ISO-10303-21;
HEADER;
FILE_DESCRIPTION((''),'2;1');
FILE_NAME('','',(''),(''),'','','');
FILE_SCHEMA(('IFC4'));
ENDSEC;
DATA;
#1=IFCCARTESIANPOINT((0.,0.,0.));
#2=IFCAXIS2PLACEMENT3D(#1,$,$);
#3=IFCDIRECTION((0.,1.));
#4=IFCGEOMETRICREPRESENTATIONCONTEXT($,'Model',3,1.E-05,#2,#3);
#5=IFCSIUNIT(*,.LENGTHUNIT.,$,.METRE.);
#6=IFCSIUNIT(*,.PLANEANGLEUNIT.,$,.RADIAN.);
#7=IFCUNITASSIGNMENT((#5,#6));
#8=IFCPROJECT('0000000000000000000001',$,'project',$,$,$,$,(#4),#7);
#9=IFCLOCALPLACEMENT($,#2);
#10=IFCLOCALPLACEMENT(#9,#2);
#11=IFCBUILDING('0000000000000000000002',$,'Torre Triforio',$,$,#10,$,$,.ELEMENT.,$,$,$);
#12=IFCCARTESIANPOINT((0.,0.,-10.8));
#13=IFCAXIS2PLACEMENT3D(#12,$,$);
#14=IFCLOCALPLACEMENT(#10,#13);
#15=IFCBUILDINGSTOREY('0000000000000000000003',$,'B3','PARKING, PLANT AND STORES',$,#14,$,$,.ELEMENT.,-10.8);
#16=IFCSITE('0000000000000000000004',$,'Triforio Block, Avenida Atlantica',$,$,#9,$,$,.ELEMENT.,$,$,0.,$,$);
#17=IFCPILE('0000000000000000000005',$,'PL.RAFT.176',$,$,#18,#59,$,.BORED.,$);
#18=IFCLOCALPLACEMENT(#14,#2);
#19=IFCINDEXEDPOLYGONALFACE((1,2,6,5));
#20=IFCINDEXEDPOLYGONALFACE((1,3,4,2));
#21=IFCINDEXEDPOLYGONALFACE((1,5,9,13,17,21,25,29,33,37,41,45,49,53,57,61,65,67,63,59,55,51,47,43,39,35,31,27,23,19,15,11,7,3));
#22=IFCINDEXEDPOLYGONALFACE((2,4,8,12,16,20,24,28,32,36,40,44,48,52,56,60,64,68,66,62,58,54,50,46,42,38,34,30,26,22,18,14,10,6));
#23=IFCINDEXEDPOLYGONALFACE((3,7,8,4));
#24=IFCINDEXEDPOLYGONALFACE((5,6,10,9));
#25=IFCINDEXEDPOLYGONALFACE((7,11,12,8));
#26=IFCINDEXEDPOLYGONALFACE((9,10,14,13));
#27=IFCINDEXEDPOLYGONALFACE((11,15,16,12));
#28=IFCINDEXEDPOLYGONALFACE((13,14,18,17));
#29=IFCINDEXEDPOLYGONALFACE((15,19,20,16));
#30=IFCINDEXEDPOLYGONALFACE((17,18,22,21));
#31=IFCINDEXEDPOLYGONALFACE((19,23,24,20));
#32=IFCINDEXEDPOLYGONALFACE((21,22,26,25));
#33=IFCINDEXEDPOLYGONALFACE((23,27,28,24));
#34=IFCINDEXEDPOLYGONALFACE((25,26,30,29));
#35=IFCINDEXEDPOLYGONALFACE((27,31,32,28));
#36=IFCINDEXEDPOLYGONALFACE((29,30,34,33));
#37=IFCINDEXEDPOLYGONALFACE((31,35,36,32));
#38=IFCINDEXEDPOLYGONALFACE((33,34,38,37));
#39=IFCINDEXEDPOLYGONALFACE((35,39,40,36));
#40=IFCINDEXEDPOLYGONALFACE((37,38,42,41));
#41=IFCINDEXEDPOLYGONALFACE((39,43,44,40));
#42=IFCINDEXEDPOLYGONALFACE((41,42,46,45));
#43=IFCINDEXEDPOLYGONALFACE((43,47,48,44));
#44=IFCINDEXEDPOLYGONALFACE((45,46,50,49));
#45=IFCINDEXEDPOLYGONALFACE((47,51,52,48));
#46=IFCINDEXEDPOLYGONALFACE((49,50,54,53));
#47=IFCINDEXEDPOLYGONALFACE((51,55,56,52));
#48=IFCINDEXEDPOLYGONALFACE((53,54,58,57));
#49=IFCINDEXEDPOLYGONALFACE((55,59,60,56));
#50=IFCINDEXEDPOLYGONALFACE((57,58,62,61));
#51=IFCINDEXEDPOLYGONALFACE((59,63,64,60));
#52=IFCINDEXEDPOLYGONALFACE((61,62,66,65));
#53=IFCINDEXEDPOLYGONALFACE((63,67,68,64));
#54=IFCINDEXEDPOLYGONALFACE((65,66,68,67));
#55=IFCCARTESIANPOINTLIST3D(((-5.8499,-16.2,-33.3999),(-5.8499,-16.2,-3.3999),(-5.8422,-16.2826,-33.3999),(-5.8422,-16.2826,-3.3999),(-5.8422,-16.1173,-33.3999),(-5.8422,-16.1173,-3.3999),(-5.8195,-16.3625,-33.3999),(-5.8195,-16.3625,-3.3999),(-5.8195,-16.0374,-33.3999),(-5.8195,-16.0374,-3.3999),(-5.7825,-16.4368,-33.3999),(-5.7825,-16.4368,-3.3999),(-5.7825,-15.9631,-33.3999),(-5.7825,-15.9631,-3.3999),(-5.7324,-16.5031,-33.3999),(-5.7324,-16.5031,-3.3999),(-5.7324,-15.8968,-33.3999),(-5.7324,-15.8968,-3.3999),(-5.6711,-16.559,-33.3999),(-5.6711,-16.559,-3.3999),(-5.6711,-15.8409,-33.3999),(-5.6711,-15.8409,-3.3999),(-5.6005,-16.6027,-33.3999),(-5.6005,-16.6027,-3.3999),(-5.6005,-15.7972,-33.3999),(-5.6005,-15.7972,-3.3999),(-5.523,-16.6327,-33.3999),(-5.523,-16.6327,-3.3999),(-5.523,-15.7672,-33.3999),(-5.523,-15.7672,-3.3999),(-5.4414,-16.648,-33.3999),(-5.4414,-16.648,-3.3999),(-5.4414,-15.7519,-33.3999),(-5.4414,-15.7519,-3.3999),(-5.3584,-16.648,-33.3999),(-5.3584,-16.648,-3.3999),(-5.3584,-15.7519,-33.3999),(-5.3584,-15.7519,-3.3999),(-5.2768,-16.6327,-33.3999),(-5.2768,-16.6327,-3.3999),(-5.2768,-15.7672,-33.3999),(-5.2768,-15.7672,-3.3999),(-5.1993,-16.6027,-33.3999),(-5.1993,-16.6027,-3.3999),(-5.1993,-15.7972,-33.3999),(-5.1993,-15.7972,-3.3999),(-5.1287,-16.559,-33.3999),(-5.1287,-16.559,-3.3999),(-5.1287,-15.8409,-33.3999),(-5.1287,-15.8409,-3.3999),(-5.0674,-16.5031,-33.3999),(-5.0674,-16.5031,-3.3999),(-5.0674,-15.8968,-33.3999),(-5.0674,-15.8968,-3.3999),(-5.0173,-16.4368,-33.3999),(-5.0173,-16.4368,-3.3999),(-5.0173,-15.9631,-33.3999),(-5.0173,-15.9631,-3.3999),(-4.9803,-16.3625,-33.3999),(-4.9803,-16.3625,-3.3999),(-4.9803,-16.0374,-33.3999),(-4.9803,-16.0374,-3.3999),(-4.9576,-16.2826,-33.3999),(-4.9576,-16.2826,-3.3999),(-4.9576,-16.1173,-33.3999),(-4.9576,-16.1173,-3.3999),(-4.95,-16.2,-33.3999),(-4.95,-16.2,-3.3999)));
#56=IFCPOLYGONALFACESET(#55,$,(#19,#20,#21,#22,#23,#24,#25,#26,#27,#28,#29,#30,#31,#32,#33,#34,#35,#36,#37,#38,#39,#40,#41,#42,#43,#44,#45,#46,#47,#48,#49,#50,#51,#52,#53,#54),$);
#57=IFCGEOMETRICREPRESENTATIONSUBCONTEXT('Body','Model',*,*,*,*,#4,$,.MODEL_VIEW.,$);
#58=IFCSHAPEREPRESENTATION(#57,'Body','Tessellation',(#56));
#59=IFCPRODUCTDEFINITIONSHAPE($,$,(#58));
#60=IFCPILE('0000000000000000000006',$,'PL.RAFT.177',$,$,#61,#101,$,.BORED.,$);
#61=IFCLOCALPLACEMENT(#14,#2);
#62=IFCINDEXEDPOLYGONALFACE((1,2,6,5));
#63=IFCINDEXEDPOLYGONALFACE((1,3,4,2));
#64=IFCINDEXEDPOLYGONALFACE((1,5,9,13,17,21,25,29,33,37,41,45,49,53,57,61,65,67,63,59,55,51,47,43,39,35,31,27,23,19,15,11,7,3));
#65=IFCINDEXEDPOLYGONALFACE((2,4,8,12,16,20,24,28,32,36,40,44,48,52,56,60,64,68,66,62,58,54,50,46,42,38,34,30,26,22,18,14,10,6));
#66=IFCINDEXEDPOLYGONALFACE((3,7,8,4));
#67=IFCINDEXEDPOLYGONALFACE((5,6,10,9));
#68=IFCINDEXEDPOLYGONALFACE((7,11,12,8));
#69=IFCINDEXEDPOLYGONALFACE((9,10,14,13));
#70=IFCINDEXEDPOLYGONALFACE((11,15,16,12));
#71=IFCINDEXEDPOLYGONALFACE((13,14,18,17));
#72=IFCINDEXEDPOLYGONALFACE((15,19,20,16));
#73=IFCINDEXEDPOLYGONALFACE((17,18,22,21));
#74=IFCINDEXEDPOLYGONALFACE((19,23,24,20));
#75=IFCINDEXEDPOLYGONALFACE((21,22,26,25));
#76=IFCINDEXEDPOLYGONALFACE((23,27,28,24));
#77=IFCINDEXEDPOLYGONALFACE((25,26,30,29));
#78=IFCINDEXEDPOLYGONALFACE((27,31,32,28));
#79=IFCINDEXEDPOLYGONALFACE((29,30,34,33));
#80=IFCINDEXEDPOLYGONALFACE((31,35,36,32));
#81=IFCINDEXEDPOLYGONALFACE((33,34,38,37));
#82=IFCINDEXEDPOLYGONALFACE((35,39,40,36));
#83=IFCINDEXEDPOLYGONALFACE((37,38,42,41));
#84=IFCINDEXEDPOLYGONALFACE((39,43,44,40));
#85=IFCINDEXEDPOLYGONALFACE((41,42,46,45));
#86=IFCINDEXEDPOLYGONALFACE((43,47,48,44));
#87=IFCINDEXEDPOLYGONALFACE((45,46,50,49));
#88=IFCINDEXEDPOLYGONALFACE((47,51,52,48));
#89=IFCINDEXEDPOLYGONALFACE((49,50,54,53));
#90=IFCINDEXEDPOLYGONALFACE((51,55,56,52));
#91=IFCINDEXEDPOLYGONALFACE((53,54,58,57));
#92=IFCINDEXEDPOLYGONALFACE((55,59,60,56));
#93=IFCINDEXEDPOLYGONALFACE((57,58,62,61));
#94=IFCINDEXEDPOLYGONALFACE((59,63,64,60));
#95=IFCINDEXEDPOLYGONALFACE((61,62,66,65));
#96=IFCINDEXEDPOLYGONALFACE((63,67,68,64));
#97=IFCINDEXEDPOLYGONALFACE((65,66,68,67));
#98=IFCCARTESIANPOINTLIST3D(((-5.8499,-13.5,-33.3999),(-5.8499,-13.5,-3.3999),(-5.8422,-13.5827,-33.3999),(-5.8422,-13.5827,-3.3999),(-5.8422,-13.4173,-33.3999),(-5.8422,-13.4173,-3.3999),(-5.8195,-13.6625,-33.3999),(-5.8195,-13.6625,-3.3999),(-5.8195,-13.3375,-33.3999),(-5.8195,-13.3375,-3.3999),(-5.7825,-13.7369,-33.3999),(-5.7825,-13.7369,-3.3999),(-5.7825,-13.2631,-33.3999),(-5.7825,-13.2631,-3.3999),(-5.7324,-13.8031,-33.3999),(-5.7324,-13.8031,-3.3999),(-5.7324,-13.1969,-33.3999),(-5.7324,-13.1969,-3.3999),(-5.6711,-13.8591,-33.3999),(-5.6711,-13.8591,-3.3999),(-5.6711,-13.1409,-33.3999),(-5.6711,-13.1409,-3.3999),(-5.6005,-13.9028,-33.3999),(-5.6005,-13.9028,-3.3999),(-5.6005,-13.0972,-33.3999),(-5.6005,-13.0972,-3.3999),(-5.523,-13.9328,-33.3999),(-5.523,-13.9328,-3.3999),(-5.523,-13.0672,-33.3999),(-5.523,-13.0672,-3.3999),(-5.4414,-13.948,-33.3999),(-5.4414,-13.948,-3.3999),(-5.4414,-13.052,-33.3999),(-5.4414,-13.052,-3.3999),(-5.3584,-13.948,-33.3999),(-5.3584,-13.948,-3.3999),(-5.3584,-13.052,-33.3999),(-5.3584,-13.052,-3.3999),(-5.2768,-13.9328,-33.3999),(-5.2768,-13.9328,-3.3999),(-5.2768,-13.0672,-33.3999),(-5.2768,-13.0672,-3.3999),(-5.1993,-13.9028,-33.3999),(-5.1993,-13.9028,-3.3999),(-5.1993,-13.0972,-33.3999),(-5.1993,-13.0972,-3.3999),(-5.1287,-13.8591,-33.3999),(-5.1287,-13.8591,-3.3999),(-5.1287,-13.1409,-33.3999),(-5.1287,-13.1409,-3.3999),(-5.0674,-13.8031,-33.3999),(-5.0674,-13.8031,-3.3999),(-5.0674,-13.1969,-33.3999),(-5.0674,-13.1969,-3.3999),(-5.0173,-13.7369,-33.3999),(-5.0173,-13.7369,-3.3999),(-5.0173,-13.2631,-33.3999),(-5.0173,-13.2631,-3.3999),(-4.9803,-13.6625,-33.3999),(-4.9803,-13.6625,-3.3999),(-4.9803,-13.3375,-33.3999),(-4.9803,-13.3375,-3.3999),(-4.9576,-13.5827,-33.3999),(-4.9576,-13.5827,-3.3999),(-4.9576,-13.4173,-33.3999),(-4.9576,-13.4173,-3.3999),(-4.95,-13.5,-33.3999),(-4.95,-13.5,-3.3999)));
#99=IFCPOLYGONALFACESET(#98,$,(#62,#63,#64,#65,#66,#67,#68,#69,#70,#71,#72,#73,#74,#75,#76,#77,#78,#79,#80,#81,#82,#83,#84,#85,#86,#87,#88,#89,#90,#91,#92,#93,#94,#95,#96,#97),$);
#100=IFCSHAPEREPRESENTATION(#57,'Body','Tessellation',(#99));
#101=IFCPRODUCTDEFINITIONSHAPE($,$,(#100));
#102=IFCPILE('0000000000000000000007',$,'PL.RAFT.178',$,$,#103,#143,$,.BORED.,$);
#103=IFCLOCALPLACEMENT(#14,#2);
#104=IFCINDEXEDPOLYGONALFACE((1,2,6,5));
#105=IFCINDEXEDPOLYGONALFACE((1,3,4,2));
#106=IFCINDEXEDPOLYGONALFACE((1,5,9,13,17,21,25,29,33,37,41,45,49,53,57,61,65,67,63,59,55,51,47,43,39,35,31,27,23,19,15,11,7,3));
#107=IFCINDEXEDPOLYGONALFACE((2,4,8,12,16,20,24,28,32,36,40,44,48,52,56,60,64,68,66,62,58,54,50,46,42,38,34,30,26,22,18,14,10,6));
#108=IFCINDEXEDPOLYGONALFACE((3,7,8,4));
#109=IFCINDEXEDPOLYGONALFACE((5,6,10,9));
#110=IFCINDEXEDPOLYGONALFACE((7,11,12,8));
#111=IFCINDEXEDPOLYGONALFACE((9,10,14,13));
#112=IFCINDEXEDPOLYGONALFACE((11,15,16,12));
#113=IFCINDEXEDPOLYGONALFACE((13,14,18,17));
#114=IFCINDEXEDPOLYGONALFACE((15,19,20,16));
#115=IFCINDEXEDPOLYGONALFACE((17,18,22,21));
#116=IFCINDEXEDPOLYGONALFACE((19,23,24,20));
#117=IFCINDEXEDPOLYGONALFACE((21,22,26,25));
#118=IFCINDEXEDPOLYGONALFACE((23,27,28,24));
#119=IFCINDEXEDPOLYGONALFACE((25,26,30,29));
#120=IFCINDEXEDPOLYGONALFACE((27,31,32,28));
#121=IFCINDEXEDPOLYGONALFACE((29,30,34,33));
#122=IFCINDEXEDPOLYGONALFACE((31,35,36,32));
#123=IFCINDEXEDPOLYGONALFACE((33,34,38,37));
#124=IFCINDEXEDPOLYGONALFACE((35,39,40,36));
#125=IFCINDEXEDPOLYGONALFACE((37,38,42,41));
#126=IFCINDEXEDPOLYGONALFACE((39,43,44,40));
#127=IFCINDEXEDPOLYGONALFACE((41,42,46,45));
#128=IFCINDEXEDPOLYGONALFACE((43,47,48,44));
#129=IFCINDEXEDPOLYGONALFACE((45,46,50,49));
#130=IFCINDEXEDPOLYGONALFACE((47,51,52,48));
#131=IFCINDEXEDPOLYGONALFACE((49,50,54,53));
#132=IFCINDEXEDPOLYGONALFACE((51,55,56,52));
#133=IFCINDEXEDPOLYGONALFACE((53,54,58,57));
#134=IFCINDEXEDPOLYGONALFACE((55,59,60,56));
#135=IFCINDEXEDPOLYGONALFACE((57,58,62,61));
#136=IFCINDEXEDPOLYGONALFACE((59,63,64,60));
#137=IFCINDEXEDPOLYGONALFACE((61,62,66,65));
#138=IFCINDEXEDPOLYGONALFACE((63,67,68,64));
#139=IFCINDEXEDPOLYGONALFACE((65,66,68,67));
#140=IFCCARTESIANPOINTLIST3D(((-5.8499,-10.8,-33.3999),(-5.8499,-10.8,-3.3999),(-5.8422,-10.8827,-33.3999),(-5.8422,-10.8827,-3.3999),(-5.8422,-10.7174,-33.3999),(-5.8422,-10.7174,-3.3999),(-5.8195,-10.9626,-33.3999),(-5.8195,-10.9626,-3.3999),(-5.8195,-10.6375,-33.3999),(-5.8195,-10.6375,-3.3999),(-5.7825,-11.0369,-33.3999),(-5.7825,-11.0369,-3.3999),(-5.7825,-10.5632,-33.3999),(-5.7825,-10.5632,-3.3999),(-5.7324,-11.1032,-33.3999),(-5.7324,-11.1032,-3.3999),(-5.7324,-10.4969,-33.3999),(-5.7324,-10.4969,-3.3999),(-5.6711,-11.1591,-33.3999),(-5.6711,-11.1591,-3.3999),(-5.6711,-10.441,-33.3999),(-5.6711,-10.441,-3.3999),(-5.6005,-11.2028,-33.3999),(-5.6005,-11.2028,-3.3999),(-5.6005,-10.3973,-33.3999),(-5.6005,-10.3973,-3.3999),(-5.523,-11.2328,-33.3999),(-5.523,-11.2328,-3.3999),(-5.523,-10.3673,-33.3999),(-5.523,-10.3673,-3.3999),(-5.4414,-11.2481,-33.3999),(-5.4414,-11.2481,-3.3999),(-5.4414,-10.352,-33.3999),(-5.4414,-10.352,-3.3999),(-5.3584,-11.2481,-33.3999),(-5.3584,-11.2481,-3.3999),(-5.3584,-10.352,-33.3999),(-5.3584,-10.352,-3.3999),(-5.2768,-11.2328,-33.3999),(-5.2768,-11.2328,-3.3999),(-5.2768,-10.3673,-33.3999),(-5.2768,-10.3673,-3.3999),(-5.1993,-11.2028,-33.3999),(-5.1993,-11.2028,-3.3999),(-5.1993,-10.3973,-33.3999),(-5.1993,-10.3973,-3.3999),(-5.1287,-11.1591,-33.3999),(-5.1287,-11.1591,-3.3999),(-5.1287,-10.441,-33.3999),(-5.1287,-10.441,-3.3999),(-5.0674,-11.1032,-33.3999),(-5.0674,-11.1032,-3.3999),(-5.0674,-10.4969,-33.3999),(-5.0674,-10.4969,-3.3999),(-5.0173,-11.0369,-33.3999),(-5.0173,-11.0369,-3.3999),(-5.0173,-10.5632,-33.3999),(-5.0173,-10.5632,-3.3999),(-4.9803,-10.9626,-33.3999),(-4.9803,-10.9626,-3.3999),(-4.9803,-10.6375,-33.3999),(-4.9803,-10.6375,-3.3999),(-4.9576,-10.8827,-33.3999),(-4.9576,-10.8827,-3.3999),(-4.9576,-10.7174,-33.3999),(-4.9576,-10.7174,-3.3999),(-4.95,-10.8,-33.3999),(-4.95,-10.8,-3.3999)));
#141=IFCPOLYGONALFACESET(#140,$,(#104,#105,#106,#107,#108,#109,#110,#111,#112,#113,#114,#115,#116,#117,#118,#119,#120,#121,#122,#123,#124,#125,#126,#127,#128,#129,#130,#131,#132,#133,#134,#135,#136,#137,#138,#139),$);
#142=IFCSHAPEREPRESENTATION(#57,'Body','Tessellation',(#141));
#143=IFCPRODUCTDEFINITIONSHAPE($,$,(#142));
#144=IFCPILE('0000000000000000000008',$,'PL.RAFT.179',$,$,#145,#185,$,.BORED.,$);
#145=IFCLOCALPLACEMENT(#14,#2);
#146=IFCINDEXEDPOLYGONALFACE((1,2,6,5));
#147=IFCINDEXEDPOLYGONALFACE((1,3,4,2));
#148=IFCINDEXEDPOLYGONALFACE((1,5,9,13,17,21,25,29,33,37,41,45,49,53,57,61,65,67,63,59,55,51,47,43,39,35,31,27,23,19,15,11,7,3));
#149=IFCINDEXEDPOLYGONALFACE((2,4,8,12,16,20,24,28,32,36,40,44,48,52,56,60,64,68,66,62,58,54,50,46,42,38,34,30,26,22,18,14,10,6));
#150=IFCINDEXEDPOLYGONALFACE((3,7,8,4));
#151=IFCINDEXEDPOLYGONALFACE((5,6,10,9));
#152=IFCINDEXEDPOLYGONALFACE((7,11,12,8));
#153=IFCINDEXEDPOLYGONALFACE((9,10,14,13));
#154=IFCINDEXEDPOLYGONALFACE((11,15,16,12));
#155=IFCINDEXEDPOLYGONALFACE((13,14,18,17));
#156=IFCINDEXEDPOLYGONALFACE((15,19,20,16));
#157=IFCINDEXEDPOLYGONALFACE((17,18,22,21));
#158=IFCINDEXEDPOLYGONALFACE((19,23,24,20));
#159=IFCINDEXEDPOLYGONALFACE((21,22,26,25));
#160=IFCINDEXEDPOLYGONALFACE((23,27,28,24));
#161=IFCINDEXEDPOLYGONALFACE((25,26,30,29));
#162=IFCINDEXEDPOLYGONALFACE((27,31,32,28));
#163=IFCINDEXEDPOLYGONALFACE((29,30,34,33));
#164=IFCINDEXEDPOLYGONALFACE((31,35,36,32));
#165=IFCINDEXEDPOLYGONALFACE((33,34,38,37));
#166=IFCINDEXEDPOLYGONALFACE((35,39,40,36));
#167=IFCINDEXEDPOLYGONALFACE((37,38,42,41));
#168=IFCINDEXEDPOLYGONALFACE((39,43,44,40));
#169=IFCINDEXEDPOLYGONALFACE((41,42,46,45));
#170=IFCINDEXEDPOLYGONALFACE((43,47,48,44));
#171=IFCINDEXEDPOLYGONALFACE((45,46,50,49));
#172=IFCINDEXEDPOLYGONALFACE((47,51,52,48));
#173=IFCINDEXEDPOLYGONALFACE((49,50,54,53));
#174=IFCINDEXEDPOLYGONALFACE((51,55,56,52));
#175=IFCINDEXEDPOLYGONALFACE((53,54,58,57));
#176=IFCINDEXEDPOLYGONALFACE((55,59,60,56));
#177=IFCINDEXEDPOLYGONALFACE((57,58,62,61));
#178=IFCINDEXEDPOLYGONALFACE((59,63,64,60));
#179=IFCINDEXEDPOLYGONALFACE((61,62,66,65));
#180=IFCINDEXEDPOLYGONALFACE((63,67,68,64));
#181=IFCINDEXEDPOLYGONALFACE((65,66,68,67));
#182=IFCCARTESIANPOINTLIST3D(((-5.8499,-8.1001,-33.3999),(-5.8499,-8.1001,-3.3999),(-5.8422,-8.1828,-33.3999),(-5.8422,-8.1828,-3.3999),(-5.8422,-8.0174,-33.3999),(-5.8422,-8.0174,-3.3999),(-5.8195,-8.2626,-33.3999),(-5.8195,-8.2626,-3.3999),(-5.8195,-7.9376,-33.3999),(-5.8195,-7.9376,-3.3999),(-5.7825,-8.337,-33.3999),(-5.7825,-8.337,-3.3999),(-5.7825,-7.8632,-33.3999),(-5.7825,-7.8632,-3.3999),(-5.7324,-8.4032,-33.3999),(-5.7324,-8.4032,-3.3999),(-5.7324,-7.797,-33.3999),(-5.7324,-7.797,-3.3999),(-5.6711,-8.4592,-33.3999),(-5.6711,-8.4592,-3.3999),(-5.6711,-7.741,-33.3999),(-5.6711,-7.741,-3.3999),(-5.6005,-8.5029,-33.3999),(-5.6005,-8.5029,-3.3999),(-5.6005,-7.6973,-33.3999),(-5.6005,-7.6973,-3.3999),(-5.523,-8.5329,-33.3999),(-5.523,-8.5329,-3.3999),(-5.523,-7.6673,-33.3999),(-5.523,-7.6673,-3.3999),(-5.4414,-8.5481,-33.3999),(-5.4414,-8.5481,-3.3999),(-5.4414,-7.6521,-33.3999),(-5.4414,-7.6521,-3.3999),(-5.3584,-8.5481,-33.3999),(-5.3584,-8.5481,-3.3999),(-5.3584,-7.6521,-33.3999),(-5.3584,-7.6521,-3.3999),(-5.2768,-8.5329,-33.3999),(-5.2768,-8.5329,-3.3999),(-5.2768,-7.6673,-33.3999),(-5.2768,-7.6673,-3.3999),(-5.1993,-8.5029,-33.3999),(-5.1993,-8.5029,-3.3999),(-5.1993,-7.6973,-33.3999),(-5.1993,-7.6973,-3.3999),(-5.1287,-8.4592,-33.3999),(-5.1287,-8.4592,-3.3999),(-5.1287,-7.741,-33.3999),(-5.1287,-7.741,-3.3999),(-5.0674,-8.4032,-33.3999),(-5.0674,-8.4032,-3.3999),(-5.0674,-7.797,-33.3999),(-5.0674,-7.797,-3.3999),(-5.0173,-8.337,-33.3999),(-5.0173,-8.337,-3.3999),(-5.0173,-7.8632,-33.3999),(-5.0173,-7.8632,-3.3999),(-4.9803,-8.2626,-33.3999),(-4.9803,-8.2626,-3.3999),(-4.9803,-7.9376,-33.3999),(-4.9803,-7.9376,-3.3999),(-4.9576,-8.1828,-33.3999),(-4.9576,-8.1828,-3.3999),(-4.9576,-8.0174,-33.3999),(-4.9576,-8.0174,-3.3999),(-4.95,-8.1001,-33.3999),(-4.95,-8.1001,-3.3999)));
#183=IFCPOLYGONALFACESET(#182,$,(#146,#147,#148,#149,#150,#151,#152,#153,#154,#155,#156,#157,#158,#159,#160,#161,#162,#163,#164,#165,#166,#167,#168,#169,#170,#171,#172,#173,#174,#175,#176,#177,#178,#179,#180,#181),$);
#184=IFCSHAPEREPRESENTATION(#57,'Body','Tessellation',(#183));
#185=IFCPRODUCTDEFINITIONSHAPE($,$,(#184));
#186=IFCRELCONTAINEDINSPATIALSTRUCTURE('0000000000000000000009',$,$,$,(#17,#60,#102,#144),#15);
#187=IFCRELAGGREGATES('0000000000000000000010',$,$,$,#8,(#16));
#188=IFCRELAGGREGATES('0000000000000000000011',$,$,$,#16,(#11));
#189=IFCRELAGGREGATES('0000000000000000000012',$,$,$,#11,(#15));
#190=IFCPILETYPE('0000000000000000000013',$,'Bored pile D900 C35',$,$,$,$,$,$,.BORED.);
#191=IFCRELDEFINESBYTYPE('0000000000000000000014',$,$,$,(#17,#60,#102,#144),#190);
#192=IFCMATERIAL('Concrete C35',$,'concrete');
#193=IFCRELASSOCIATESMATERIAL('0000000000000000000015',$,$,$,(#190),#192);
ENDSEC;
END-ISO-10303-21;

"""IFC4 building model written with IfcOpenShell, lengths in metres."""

from ifc_helpers import new_model, si_unit, direction, frame, origin, origin_2d, place, context, subcontext, project, spatial, circle, extrude, material, material_profile, profile_set, type_object, element, save


model = new_model("IFC4")

# Units and contexts
model_context = context("Model", 3, precision=1e-05, world=origin(), true_north=direction((0.0, 1.0)))
body_context = subcontext(model_context, "Body", "Model", "MODEL_VIEW")
ifc_project = project(units=[si_unit("LENGTHUNIT", "METRE"), si_unit("PLANEANGLEUNIT", "RADIAN")], contexts=[model_context])

# Site, building, storey
site_placement = place(None, origin())
site = spatial("IfcSite", under=ifc_project, at=site_placement, Name="Triforio Block, Avenida Atlantica", CompositionType="ELEMENT", RefElevation=0.0)
building_placement = place(site_placement, origin())
building = spatial("IfcBuilding", under=site, at=building_placement, Name="Torre Triforio", CompositionType="ELEMENT")
storey_placement = place(building_placement, frame((0.0, 0.0, -10.8)))
storey = spatial("IfcBuildingStorey", under=building, at=storey_placement, Name="B3", Description="PARKING, PLANT AND STORES", CompositionType="ELEMENT", Elevation=-10.8)

# Piles
ifc_material_1 = material(Name="Concrete C35", Category="concrete")
ifc_material_profile_1 = material_profile(ifc_material_1, circle(Radius=0.45, at=origin_2d()), Name="RC D900")
ifc_profile_set_1 = profile_set([ifc_material_profile_1], Name="Concrete C35")
pile_type = type_object("IfcPileType", Name="Bored pile D900 C35", PredefinedType="BORED", material=ifc_profile_set_1)
for number, where, z_axis, x_axis, name in (
    (1, (-5.3999, -16.2, -3.3999), (0.0, 0.0, -1.0), (1.0, 0.0, 0.0), "PL.RAFT.176"),
    (2, (-5.3999, -13.5, -3.3999), (0.0, 0.0, -1.0), (1.0, 0.0, 0.0), "PL.RAFT.177"),
    (3, (-5.3999, -10.8, -3.3999), (0.0, 0.0, -1.0), (1.0, 0.0, 0.0), "PL.RAFT.178"),
    (4, (-5.3999, -8.1001, -3.3999), (0.0, 0.0, -1.0), (1.0, 0.0, 0.0), "PL.RAFT.179"),
):
    element("IfcPile", number, at=place(storey_placement, frame(where, z_axis=z_axis, x_axis=x_axis)), inside=storey, type_object=pile_type, Name=name, PredefinedType="BORED", context=body_context, shape_type="SweptSolid", body=[
        extrude(circle(Radius=0.45, at=origin_2d()), origin(), (0.0, 0.0, 1.0), 30.0),
    ])

save(model, "model.ifc")
